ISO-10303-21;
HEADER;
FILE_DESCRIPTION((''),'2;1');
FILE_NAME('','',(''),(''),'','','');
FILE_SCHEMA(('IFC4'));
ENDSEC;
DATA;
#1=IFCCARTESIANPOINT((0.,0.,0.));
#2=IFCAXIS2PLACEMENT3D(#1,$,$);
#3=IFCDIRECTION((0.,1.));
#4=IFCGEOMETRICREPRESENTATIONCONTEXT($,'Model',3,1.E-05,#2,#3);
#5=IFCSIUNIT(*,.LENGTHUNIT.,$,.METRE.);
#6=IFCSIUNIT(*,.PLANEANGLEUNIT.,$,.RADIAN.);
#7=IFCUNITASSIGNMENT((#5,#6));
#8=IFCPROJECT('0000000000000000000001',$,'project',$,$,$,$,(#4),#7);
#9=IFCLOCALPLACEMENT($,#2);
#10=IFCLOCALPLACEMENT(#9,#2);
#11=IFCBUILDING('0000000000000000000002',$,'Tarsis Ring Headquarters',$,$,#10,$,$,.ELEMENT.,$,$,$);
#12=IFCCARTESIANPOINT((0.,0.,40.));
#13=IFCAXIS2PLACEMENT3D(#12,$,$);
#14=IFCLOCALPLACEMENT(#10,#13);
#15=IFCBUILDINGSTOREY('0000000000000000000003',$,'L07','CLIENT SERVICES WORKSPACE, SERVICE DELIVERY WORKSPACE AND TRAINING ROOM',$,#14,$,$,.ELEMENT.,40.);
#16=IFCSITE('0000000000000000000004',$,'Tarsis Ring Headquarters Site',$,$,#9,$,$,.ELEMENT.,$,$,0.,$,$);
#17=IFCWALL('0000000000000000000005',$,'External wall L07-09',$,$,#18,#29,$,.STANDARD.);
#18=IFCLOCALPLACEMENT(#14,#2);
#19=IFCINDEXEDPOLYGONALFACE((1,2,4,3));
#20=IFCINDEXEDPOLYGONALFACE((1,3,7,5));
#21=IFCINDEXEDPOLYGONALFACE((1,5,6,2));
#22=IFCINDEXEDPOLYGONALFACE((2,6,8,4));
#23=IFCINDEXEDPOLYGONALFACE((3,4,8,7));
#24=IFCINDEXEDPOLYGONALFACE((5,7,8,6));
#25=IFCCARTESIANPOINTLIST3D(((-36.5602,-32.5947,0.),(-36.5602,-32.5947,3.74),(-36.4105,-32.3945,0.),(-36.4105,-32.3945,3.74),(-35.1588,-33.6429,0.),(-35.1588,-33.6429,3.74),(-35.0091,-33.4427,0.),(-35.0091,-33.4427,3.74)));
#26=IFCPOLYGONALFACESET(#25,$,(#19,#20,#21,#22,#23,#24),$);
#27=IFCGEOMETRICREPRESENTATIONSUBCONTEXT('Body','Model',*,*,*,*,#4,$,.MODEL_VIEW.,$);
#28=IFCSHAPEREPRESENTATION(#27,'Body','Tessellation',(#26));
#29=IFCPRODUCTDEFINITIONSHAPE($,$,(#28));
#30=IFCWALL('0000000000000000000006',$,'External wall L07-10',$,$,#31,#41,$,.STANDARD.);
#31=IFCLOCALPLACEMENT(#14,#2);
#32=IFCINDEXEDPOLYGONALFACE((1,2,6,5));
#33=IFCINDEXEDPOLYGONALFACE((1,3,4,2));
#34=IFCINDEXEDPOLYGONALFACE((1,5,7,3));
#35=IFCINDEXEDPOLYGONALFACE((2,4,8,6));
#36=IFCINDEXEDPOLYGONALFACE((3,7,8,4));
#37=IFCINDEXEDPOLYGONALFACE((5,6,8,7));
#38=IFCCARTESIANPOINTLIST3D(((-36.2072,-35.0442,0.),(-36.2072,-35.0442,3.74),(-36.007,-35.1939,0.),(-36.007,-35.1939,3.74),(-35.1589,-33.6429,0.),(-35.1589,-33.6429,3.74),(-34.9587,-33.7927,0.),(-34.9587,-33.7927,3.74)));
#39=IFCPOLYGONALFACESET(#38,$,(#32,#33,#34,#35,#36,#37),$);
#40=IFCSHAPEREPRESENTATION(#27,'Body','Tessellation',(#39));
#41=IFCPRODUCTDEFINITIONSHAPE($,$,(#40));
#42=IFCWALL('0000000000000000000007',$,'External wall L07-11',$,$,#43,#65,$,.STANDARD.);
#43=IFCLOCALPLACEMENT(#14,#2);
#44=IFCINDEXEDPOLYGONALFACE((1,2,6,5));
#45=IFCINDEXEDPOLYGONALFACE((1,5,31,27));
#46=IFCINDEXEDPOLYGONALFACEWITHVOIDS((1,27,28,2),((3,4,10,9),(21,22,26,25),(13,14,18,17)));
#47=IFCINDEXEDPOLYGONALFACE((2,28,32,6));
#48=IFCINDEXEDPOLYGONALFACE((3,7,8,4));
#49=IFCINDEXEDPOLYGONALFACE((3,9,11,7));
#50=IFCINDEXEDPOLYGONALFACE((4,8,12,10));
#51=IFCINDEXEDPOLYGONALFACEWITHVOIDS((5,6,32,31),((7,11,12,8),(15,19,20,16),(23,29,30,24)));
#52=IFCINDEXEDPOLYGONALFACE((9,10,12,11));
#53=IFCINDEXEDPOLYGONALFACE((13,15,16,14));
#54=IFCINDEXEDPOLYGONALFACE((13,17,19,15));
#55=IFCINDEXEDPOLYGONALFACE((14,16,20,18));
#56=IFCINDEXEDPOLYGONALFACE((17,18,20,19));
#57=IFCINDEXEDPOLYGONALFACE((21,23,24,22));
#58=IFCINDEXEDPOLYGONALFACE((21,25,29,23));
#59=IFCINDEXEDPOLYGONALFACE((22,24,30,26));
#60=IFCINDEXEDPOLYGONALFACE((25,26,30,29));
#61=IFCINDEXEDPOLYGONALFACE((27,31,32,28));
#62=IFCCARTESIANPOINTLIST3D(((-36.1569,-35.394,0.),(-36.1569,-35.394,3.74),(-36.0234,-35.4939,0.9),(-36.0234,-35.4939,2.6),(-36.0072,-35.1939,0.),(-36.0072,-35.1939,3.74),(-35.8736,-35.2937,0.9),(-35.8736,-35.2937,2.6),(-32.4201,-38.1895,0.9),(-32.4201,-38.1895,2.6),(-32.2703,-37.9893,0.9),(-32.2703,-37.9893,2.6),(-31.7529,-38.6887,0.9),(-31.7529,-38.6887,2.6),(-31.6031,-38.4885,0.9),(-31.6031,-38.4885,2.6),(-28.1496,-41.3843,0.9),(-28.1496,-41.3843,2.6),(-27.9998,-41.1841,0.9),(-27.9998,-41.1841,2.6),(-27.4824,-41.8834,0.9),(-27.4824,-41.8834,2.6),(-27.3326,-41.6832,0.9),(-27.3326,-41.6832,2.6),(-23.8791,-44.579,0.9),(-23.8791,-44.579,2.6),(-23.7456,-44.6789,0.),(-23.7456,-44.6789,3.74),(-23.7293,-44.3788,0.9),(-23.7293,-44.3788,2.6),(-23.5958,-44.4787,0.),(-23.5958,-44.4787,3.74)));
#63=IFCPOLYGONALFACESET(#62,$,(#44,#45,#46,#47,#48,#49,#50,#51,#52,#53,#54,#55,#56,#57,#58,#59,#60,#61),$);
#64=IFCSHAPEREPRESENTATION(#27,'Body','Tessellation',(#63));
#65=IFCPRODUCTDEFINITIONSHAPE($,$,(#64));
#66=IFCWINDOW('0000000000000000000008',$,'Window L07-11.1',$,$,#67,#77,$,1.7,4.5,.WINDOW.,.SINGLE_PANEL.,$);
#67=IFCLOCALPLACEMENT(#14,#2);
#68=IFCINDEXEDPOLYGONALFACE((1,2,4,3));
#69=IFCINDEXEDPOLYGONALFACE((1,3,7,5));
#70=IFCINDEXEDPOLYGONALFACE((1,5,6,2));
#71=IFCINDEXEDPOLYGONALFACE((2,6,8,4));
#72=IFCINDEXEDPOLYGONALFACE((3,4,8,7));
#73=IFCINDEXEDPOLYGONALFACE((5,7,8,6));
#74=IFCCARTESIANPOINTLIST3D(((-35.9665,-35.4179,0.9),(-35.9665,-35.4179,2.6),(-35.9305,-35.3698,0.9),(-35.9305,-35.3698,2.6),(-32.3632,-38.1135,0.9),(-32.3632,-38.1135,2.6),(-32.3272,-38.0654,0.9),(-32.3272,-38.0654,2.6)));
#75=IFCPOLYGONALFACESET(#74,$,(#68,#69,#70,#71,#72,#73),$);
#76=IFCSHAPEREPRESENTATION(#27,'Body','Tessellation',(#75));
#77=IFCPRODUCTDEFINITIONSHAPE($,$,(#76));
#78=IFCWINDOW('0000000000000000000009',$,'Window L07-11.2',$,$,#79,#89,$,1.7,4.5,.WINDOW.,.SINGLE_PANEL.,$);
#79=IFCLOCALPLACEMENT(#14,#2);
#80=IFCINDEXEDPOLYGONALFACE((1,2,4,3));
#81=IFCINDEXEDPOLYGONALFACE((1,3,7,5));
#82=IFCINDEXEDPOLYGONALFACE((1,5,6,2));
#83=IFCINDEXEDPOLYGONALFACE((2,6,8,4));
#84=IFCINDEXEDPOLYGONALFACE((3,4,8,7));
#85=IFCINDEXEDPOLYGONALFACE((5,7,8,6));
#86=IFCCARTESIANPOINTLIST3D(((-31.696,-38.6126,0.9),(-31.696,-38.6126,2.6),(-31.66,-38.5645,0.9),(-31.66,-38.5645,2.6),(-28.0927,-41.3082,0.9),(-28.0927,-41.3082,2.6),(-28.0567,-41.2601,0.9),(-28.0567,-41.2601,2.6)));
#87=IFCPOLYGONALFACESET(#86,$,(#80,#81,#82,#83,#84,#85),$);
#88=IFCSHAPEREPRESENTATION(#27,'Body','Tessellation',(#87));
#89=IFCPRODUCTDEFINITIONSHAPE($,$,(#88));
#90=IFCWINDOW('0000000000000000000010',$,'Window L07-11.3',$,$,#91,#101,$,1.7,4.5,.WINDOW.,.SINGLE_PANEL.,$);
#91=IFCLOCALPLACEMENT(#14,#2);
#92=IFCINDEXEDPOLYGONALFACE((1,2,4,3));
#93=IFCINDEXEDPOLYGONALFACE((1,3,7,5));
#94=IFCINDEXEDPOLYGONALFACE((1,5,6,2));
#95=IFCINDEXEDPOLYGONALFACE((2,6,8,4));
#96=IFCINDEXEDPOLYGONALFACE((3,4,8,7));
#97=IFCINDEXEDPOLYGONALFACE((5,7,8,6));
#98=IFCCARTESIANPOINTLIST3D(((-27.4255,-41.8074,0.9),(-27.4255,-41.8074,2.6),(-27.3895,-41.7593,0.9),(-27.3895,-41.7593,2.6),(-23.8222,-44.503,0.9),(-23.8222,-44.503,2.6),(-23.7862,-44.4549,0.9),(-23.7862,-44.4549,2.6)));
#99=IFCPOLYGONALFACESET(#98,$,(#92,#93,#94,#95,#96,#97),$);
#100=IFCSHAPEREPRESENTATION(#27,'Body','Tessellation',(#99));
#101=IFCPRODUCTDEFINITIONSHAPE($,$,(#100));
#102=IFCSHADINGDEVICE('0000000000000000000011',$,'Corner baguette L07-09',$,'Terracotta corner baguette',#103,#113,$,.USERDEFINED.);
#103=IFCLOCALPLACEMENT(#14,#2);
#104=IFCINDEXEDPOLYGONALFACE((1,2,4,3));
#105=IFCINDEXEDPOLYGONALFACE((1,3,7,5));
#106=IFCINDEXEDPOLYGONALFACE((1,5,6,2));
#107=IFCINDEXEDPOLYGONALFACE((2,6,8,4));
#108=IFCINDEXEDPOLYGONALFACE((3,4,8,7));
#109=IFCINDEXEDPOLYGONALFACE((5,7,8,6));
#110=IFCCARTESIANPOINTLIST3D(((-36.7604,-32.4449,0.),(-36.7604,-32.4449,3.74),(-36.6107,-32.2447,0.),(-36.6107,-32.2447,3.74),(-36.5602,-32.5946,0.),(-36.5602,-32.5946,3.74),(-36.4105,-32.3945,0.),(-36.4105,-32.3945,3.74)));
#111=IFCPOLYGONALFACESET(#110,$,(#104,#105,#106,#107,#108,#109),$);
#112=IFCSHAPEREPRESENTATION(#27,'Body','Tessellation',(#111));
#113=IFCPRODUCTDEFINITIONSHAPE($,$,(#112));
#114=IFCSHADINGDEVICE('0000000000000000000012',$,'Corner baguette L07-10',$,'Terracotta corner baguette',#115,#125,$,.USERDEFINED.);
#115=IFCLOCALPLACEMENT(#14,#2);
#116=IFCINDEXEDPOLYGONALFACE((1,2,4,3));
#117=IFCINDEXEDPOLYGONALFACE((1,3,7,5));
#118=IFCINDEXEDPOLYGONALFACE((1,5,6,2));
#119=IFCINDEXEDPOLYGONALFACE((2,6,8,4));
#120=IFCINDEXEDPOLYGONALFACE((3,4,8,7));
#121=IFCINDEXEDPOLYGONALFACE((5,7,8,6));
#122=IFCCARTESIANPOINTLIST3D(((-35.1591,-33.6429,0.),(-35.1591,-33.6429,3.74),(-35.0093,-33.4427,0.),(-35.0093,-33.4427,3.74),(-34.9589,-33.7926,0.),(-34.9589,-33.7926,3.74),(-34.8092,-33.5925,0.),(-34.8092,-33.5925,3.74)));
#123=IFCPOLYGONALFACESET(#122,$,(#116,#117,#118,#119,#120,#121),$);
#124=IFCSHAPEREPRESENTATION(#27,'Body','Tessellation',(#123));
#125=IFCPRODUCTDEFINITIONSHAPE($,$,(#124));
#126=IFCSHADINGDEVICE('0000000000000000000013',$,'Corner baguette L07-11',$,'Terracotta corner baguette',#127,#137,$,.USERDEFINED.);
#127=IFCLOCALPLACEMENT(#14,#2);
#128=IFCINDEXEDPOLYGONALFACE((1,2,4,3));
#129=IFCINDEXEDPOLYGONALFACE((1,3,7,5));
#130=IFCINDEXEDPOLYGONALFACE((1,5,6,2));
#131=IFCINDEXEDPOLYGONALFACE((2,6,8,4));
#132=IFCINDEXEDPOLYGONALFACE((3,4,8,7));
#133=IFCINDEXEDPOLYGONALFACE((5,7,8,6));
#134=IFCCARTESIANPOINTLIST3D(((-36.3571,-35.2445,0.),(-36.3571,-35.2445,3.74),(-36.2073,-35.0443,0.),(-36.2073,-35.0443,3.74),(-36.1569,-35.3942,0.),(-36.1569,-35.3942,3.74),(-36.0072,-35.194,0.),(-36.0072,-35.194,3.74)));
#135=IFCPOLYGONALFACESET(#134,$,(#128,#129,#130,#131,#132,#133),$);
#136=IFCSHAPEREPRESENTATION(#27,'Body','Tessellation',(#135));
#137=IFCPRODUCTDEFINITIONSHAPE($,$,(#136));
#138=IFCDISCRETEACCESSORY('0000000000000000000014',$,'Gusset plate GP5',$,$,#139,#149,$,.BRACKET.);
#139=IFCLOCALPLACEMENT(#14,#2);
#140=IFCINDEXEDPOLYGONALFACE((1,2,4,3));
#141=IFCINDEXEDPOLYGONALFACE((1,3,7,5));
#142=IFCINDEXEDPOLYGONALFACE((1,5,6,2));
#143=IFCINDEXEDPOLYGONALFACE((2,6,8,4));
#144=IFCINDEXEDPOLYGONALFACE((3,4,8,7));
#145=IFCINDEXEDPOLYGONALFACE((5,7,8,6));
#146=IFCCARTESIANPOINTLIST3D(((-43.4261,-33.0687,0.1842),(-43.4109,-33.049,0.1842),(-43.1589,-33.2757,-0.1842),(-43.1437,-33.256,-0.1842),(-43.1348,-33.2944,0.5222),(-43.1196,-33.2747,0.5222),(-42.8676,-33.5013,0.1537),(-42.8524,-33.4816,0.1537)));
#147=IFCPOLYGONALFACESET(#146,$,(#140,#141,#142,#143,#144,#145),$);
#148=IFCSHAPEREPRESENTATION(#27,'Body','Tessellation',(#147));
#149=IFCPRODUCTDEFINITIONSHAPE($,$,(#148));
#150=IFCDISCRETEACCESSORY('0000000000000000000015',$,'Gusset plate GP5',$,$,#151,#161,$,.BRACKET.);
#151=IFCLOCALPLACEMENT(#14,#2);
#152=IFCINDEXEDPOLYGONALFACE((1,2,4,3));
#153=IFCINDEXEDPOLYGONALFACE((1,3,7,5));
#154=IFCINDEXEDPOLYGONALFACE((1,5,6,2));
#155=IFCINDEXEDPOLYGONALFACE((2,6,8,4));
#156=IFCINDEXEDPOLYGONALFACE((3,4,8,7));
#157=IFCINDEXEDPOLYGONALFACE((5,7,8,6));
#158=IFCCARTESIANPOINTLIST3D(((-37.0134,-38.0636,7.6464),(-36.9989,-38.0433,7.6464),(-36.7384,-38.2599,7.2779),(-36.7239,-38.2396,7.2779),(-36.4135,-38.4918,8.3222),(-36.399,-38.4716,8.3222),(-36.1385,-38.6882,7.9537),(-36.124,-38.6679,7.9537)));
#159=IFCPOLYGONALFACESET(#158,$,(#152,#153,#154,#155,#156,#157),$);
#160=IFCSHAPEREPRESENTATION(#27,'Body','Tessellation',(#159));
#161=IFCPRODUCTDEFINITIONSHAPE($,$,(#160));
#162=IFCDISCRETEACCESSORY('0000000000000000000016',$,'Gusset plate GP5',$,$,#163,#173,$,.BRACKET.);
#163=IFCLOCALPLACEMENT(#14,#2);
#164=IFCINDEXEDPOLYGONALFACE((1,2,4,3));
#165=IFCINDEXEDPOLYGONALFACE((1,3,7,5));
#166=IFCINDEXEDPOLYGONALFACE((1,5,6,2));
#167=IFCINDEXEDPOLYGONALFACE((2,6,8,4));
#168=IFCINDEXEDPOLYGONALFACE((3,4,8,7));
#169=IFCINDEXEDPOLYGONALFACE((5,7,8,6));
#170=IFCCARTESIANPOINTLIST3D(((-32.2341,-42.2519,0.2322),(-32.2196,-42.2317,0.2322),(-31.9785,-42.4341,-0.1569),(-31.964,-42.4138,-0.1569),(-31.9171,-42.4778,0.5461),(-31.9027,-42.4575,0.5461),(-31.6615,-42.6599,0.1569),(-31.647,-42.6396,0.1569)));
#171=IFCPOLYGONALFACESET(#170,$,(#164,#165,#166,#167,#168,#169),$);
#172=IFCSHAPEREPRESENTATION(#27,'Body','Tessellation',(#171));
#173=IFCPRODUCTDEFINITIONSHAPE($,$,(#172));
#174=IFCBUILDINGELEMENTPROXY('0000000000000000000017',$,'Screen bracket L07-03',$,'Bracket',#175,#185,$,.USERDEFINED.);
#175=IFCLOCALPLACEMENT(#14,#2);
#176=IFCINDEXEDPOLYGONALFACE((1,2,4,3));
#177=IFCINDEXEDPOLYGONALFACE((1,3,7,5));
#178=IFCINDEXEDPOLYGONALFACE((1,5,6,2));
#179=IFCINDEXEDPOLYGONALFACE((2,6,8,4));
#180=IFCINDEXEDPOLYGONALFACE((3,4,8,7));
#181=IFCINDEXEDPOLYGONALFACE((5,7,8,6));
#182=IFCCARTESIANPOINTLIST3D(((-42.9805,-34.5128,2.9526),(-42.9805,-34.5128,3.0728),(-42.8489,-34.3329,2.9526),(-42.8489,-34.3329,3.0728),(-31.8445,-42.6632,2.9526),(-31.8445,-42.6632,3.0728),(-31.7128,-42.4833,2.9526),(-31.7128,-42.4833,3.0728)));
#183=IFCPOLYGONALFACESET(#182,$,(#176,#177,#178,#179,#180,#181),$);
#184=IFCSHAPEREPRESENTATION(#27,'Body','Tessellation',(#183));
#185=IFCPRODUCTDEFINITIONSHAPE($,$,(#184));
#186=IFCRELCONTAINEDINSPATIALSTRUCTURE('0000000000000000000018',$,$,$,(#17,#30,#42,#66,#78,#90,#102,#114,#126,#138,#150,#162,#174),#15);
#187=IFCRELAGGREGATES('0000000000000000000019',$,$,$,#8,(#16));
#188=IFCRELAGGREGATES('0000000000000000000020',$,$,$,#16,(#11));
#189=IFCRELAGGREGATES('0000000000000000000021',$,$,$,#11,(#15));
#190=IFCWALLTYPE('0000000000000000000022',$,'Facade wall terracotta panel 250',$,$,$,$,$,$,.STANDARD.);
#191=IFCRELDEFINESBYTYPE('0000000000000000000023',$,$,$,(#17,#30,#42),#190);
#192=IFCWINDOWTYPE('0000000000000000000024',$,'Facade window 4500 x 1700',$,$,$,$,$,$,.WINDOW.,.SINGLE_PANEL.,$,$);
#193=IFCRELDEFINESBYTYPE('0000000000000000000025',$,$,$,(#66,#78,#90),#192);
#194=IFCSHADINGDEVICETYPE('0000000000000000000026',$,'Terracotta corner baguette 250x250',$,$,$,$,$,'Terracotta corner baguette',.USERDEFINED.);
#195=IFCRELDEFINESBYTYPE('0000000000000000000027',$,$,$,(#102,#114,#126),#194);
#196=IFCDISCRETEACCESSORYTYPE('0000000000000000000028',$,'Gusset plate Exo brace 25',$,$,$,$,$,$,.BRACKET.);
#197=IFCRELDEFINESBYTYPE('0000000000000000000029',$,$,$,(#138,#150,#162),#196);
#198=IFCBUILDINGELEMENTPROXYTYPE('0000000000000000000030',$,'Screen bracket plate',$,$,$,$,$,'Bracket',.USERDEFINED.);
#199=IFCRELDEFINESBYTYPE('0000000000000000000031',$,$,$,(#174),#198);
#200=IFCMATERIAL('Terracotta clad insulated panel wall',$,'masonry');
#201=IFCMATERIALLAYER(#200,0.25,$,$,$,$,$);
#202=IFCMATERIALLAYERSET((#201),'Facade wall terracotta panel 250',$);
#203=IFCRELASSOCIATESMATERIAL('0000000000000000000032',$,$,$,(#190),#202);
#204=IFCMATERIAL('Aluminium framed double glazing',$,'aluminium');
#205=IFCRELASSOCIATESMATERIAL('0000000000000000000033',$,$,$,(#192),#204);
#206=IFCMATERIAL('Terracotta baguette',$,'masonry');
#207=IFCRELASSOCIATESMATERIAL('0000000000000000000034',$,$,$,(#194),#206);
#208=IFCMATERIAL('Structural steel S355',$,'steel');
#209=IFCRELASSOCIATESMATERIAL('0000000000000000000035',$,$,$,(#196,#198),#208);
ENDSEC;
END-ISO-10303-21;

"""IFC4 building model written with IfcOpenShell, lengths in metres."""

from ifc_helpers import new_model, si_unit, direction, frame, frame_2d, origin, origin_2d, place, context, subcontext, project, spatial, rectangle, extrude, material, layer, layer_set, material_profile, profile_set, type_object, element, fill, save


model = new_model("IFC4")

# Units and contexts
model_context = context("Model", 3, precision=1e-05, world=origin(), true_north=direction((0.0, 1.0)))
body_context = subcontext(model_context, "Body", "Model", "MODEL_VIEW")
ifc_project = project(units=[si_unit("LENGTHUNIT", "METRE"), si_unit("PLANEANGLEUNIT", "RADIAN")], contexts=[model_context])

# Site, building, storey
site_placement = place(None, origin())
site = spatial("IfcSite", under=ifc_project, at=site_placement, Name="Tarsis Ring Headquarters Site", CompositionType="ELEMENT", RefElevation=0.0)
building_placement = place(site_placement, origin())
building = spatial("IfcBuilding", under=site, at=building_placement, Name="Tarsis Ring Headquarters", CompositionType="ELEMENT")
storey_placement = place(building_placement, frame((0.0, 0.0, 40.0)))
storey = spatial("IfcBuildingStorey", under=building, at=storey_placement, Name="L07", Description="CLIENT SERVICES WORKSPACE, SERVICE DELIVERY WORKSPACE AND TRAINING ROOM", CompositionType="ELEMENT", Elevation=40.0)

# Shared definitions
ifc_material_1 = material(Name="Structural steel S355", Category="steel")

# Walls
ifc_material_2 = material(Name="Terracotta clad insulated panel wall", Category="masonry")
ifc_layer_1 = layer(ifc_material_2, 0.25)
ifc_layer_set_1 = layer_set([ifc_layer_1], Name="Facade wall terracotta panel 250")
wall_type_1 = type_object("IfcWallType", Name="Facade wall terracotta panel 250", PredefinedType="STANDARD", material=ifc_layer_set_1)
for number, where, z_axis, x_axis, name in (
    (1, (-36.4854, -32.4946, 0.0), (0.0, 0.0, 1.0), (0.800803, -0.598928, 0.0), "External wall L07-09"),
    (2, (-35.0588, -33.7178, 0.0), (0.0, 0.0, 1.0), (-0.599017, -0.800736, 0.0), "External wall L07-10"),
):
    element("IfcWall", number, at=place(storey_placement, frame(where, z_axis=z_axis, x_axis=x_axis)), inside=storey, type_object=wall_type_1, Name=name, PredefinedType="STANDARD", context=body_context, shape_type="SweptSolid", body=[
        extrude(rectangle(XDim=1.75, YDim=0.25, at=frame_2d((0.875, 0.0))), origin(), (0.0, 0.0, 1.0), 3.74),
    ])

# Wall, openings, windows
wall_1_placement = place(storey_placement, frame((-36.082, -35.2939, 0.0), z_axis=(0.0, 0.0, 1.0), x_axis=(0.800731, -0.599024, 0.0)))
wall_1 = element("IfcWall", 3, at=wall_1_placement, inside=storey, type_object=wall_type_1, Name="External wall L07-11", PredefinedType="STANDARD", context=body_context, shape_type="SweptSolid", body=[
    extrude(rectangle(XDim=15.5, YDim=0.25, at=frame_2d((7.75, 0.0))), origin(), (0.0, 0.0, 1.0), 3.74),
])
opening_1_placement = place(wall_1_placement, frame((0.1667, 0.0, 0.8999)))
opening_1 = element("IfcOpeningElement", 4, at=opening_1_placement, cuts=wall_1, PredefinedType="OPENING", context=body_context, shape_type="SweptSolid", body=[
    extrude(rectangle(XDim=4.5, YDim=1.7, at=frame_2d((2.25, 0.8501))), frame((0.0, 0.135, 0.0), z_axis=(0.0, -1.0, 0.0), x_axis=(1.0, 0.0, 0.0)), (0.0, 0.0, 1.0), 0.27),
])
opening_2_placement = place(wall_1_placement, frame((5.5, 0.0, 0.8999)))
opening_2 = element("IfcOpeningElement", 5, at=opening_2_placement, cuts=wall_1, PredefinedType="OPENING", context=body_context, shape_type="SweptSolid", body=[
    extrude(rectangle(XDim=4.5, YDim=1.7, at=frame_2d((2.25, 0.8501))), frame((0.0, 0.135, 0.0), z_axis=(0.0, -1.0, 0.0), x_axis=(1.0, 0.0, 0.0)), (0.0, 0.0, 1.0), 0.27),
])
opening_3_placement = place(wall_1_placement, frame((10.8333, 0.0, 0.8999)))
opening_3 = element("IfcOpeningElement", 6, at=opening_3_placement, cuts=wall_1, PredefinedType="OPENING", context=body_context, shape_type="SweptSolid", body=[
    extrude(rectangle(XDim=4.5, YDim=1.7, at=frame_2d((2.25, 0.8501))), frame((0.0, 0.135, 0.0), z_axis=(0.0, -1.0, 0.0), x_axis=(1.0, 0.0, 0.0)), (0.0, 0.0, 1.0), 0.27),
])
ifc_material_3 = material(Name="Aluminium framed double glazing", Category="aluminium")
window_type = type_object("IfcWindowType", Name="Facade window 4500 x 1700", PartitioningType="SINGLE_PANEL", PredefinedType="WINDOW", material=ifc_material_3)
window_1_placement = place(opening_1_placement, origin())
window_1 = element("IfcWindow", 7, at=window_1_placement, inside=storey, type_object=window_type, Name="Window L07-11.1", OverallHeight=1.7, OverallWidth=4.5, PartitioningType="SINGLE_PANEL", PredefinedType="WINDOW", context=body_context, shape_type="SweptSolid", body=[
    extrude(rectangle(XDim=4.5, YDim=1.7, at=frame_2d((2.25, 0.8501))), frame((0.0, 0.03, 0.0), z_axis=(0.0, -1.0, 0.0), x_axis=(1.0, 0.0, 0.0)), (0.0, 0.0, 1.0), 0.0601),
])
fill(opening_1, window_1)
window_2_placement = place(opening_2_placement, origin())
window_2 = element("IfcWindow", 8, at=window_2_placement, inside=storey, type_object=window_type, Name="Window L07-11.2", OverallHeight=1.7, OverallWidth=4.5, PartitioningType="SINGLE_PANEL", PredefinedType="WINDOW", context=body_context, shape_type="SweptSolid", body=[
    extrude(rectangle(XDim=4.5, YDim=1.7, at=frame_2d((2.25, 0.8501))), frame((0.0, 0.03, 0.0), z_axis=(0.0, -1.0, 0.0), x_axis=(1.0, 0.0, 0.0)), (0.0, 0.0, 1.0), 0.0601),
])
fill(opening_2, window_2)
window_3_placement = place(opening_3_placement, origin())
window_3 = element("IfcWindow", 9, at=window_3_placement, inside=storey, type_object=window_type, Name="Window L07-11.3", OverallHeight=1.7, OverallWidth=4.5, PartitioningType="SINGLE_PANEL", PredefinedType="WINDOW", context=body_context, shape_type="SweptSolid", body=[
    extrude(rectangle(XDim=4.5, YDim=1.7, at=frame_2d((2.25, 0.8501))), frame((0.0, 0.03, 0.0), z_axis=(0.0, -1.0, 0.0), x_axis=(1.0, 0.0, 0.0)), (0.0, 0.0, 1.0), 0.0601),
])
fill(opening_3, window_3)

# Shading devices
ifc_material_4 = material(Name="Terracotta baguette", Category="masonry")
shading_device_type_1 = type_object("IfcShadingDeviceType", Name="Terracotta corner baguette 250x250", ElementType="Terracotta corner baguette", PredefinedType="USERDEFINED", material=ifc_material_4)
for number, where, z_axis, x_axis, name in (
    (10, (-36.5854, -32.4197, 0.0), (0.0, 0.0, 1.0), (-0.599024, -0.800731, 0.0), "Corner baguette L07-09"),
    (11, (-34.9841, -33.6177, 0.0), (0.0, 0.0, 1.0), (0.800731, -0.599024, 0.0), "Corner baguette L07-10"),
    (12, (-36.1821, -35.2192, 0.0), (0.0, 0.0, 1.0), (-0.599023, -0.800731, 0.0), "Corner baguette L07-11"),
):
    element("IfcShadingDevice", number, at=place(storey_placement, frame(where, z_axis=z_axis, x_axis=x_axis)), inside=storey, type_object=shading_device_type_1, Name=name, ObjectType="Terracotta corner baguette", PredefinedType="USERDEFINED", context=body_context, shape_type="SweptSolid", body=[
        extrude(rectangle(XDim=0.25, YDim=0.25, at=origin_2d()), origin(), (0.0, 0.0, 1.0), 3.74),
    ])

# Discrete accessories
ifc_material_profile_1 = material_profile(ifc_material_1, rectangle(XDim=0.0249, YDim=0.5, at=origin_2d()), Name="PL 25x500")
ifc_profile_set_1 = profile_set([ifc_material_profile_1], Name="Structural steel S355")
discrete_accessory_type = type_object("IfcDiscreteAccessoryType", Name="Gusset plate Exo brace 25", PredefinedType="BRACKET", material=ifc_profile_set_1)
discrete_accessory_1_placement = place(storey_placement, frame((-43.2849, -33.1624, 0.0), z_axis=(0.582646, -0.45127, 0.675928), x_axis=(0.612334, 0.7906, 0.0)))
element("IfcDiscreteAccessory", 13, at=discrete_accessory_1_placement, inside=storey, type_object=discrete_accessory_type, Name="Gusset plate GP5", PredefinedType="BRACKET", context=body_context, shape_type="SweptSolid", body=[
    extrude(rectangle(XDim=0.0249, YDim=0.5, at=origin_2d()), origin(), (0.0, 0.0, 1.0), 0.5),
])
discrete_accessory_2_placement = place(storey_placement, frame((-36.8687, -38.1516, 7.4622), z_axis=(0.59989, -0.428249, 0.675822), x_axis=(0.581019, 0.81389, 0.0)))
element("IfcDiscreteAccessory", 14, at=discrete_accessory_2_placement, inside=storey, type_object=discrete_accessory_type, Name="Gusset plate GP5", PredefinedType="BRACKET", context=body_context, shape_type="SweptSolid", body=[
    extrude(rectangle(XDim=0.0249, YDim=0.5, at=origin_2d()), origin(), (0.0, 0.0, 1.0), 1.0),
])
discrete_accessory_3_placement = place(storey_placement, frame((-31.8127, -42.5369, 0.0), z_axis=(-0.511276, 0.36429, 0.778389), x_axis=(-0.580281, -0.814416, 0.0)))
element("IfcDiscreteAccessory", 15, at=discrete_accessory_3_placement, inside=storey, type_object=discrete_accessory_type, Name="Gusset plate GP5", PredefinedType="BRACKET", context=body_context, shape_type="SweptSolid", body=[
    extrude(rectangle(XDim=0.0249, YDim=0.5, at=origin_2d()), origin(), (0.0, 0.0, 1.0), 0.5),
])

# Building element proxy
building_element_proxy_type = type_object("IfcBuildingElementProxyType", Name="Screen bracket plate", ElementType="Bracket", PredefinedType="USERDEFINED", material=ifc_material_1)
proxy_placement = place(storey_placement, frame((-37.3467, -38.498, 2.9526), z_axis=(0.0, 0.0, 1.0), x_axis=(0.80696, -0.590606, 0.0)))
element("IfcBuildingElementProxy", 16, at=proxy_placement, inside=storey, type_object=building_element_proxy_type, Name="Screen bracket L07-03", ObjectType="Bracket", PredefinedType="USERDEFINED", context=body_context, shape_type="SweptSolid", body=[
    extrude(rectangle(XDim=13.8, YDim=0.2229, at=origin_2d()), origin(), (0.0, 0.0, 1.0), 0.1201),
])

save(model, "model.ifc")
